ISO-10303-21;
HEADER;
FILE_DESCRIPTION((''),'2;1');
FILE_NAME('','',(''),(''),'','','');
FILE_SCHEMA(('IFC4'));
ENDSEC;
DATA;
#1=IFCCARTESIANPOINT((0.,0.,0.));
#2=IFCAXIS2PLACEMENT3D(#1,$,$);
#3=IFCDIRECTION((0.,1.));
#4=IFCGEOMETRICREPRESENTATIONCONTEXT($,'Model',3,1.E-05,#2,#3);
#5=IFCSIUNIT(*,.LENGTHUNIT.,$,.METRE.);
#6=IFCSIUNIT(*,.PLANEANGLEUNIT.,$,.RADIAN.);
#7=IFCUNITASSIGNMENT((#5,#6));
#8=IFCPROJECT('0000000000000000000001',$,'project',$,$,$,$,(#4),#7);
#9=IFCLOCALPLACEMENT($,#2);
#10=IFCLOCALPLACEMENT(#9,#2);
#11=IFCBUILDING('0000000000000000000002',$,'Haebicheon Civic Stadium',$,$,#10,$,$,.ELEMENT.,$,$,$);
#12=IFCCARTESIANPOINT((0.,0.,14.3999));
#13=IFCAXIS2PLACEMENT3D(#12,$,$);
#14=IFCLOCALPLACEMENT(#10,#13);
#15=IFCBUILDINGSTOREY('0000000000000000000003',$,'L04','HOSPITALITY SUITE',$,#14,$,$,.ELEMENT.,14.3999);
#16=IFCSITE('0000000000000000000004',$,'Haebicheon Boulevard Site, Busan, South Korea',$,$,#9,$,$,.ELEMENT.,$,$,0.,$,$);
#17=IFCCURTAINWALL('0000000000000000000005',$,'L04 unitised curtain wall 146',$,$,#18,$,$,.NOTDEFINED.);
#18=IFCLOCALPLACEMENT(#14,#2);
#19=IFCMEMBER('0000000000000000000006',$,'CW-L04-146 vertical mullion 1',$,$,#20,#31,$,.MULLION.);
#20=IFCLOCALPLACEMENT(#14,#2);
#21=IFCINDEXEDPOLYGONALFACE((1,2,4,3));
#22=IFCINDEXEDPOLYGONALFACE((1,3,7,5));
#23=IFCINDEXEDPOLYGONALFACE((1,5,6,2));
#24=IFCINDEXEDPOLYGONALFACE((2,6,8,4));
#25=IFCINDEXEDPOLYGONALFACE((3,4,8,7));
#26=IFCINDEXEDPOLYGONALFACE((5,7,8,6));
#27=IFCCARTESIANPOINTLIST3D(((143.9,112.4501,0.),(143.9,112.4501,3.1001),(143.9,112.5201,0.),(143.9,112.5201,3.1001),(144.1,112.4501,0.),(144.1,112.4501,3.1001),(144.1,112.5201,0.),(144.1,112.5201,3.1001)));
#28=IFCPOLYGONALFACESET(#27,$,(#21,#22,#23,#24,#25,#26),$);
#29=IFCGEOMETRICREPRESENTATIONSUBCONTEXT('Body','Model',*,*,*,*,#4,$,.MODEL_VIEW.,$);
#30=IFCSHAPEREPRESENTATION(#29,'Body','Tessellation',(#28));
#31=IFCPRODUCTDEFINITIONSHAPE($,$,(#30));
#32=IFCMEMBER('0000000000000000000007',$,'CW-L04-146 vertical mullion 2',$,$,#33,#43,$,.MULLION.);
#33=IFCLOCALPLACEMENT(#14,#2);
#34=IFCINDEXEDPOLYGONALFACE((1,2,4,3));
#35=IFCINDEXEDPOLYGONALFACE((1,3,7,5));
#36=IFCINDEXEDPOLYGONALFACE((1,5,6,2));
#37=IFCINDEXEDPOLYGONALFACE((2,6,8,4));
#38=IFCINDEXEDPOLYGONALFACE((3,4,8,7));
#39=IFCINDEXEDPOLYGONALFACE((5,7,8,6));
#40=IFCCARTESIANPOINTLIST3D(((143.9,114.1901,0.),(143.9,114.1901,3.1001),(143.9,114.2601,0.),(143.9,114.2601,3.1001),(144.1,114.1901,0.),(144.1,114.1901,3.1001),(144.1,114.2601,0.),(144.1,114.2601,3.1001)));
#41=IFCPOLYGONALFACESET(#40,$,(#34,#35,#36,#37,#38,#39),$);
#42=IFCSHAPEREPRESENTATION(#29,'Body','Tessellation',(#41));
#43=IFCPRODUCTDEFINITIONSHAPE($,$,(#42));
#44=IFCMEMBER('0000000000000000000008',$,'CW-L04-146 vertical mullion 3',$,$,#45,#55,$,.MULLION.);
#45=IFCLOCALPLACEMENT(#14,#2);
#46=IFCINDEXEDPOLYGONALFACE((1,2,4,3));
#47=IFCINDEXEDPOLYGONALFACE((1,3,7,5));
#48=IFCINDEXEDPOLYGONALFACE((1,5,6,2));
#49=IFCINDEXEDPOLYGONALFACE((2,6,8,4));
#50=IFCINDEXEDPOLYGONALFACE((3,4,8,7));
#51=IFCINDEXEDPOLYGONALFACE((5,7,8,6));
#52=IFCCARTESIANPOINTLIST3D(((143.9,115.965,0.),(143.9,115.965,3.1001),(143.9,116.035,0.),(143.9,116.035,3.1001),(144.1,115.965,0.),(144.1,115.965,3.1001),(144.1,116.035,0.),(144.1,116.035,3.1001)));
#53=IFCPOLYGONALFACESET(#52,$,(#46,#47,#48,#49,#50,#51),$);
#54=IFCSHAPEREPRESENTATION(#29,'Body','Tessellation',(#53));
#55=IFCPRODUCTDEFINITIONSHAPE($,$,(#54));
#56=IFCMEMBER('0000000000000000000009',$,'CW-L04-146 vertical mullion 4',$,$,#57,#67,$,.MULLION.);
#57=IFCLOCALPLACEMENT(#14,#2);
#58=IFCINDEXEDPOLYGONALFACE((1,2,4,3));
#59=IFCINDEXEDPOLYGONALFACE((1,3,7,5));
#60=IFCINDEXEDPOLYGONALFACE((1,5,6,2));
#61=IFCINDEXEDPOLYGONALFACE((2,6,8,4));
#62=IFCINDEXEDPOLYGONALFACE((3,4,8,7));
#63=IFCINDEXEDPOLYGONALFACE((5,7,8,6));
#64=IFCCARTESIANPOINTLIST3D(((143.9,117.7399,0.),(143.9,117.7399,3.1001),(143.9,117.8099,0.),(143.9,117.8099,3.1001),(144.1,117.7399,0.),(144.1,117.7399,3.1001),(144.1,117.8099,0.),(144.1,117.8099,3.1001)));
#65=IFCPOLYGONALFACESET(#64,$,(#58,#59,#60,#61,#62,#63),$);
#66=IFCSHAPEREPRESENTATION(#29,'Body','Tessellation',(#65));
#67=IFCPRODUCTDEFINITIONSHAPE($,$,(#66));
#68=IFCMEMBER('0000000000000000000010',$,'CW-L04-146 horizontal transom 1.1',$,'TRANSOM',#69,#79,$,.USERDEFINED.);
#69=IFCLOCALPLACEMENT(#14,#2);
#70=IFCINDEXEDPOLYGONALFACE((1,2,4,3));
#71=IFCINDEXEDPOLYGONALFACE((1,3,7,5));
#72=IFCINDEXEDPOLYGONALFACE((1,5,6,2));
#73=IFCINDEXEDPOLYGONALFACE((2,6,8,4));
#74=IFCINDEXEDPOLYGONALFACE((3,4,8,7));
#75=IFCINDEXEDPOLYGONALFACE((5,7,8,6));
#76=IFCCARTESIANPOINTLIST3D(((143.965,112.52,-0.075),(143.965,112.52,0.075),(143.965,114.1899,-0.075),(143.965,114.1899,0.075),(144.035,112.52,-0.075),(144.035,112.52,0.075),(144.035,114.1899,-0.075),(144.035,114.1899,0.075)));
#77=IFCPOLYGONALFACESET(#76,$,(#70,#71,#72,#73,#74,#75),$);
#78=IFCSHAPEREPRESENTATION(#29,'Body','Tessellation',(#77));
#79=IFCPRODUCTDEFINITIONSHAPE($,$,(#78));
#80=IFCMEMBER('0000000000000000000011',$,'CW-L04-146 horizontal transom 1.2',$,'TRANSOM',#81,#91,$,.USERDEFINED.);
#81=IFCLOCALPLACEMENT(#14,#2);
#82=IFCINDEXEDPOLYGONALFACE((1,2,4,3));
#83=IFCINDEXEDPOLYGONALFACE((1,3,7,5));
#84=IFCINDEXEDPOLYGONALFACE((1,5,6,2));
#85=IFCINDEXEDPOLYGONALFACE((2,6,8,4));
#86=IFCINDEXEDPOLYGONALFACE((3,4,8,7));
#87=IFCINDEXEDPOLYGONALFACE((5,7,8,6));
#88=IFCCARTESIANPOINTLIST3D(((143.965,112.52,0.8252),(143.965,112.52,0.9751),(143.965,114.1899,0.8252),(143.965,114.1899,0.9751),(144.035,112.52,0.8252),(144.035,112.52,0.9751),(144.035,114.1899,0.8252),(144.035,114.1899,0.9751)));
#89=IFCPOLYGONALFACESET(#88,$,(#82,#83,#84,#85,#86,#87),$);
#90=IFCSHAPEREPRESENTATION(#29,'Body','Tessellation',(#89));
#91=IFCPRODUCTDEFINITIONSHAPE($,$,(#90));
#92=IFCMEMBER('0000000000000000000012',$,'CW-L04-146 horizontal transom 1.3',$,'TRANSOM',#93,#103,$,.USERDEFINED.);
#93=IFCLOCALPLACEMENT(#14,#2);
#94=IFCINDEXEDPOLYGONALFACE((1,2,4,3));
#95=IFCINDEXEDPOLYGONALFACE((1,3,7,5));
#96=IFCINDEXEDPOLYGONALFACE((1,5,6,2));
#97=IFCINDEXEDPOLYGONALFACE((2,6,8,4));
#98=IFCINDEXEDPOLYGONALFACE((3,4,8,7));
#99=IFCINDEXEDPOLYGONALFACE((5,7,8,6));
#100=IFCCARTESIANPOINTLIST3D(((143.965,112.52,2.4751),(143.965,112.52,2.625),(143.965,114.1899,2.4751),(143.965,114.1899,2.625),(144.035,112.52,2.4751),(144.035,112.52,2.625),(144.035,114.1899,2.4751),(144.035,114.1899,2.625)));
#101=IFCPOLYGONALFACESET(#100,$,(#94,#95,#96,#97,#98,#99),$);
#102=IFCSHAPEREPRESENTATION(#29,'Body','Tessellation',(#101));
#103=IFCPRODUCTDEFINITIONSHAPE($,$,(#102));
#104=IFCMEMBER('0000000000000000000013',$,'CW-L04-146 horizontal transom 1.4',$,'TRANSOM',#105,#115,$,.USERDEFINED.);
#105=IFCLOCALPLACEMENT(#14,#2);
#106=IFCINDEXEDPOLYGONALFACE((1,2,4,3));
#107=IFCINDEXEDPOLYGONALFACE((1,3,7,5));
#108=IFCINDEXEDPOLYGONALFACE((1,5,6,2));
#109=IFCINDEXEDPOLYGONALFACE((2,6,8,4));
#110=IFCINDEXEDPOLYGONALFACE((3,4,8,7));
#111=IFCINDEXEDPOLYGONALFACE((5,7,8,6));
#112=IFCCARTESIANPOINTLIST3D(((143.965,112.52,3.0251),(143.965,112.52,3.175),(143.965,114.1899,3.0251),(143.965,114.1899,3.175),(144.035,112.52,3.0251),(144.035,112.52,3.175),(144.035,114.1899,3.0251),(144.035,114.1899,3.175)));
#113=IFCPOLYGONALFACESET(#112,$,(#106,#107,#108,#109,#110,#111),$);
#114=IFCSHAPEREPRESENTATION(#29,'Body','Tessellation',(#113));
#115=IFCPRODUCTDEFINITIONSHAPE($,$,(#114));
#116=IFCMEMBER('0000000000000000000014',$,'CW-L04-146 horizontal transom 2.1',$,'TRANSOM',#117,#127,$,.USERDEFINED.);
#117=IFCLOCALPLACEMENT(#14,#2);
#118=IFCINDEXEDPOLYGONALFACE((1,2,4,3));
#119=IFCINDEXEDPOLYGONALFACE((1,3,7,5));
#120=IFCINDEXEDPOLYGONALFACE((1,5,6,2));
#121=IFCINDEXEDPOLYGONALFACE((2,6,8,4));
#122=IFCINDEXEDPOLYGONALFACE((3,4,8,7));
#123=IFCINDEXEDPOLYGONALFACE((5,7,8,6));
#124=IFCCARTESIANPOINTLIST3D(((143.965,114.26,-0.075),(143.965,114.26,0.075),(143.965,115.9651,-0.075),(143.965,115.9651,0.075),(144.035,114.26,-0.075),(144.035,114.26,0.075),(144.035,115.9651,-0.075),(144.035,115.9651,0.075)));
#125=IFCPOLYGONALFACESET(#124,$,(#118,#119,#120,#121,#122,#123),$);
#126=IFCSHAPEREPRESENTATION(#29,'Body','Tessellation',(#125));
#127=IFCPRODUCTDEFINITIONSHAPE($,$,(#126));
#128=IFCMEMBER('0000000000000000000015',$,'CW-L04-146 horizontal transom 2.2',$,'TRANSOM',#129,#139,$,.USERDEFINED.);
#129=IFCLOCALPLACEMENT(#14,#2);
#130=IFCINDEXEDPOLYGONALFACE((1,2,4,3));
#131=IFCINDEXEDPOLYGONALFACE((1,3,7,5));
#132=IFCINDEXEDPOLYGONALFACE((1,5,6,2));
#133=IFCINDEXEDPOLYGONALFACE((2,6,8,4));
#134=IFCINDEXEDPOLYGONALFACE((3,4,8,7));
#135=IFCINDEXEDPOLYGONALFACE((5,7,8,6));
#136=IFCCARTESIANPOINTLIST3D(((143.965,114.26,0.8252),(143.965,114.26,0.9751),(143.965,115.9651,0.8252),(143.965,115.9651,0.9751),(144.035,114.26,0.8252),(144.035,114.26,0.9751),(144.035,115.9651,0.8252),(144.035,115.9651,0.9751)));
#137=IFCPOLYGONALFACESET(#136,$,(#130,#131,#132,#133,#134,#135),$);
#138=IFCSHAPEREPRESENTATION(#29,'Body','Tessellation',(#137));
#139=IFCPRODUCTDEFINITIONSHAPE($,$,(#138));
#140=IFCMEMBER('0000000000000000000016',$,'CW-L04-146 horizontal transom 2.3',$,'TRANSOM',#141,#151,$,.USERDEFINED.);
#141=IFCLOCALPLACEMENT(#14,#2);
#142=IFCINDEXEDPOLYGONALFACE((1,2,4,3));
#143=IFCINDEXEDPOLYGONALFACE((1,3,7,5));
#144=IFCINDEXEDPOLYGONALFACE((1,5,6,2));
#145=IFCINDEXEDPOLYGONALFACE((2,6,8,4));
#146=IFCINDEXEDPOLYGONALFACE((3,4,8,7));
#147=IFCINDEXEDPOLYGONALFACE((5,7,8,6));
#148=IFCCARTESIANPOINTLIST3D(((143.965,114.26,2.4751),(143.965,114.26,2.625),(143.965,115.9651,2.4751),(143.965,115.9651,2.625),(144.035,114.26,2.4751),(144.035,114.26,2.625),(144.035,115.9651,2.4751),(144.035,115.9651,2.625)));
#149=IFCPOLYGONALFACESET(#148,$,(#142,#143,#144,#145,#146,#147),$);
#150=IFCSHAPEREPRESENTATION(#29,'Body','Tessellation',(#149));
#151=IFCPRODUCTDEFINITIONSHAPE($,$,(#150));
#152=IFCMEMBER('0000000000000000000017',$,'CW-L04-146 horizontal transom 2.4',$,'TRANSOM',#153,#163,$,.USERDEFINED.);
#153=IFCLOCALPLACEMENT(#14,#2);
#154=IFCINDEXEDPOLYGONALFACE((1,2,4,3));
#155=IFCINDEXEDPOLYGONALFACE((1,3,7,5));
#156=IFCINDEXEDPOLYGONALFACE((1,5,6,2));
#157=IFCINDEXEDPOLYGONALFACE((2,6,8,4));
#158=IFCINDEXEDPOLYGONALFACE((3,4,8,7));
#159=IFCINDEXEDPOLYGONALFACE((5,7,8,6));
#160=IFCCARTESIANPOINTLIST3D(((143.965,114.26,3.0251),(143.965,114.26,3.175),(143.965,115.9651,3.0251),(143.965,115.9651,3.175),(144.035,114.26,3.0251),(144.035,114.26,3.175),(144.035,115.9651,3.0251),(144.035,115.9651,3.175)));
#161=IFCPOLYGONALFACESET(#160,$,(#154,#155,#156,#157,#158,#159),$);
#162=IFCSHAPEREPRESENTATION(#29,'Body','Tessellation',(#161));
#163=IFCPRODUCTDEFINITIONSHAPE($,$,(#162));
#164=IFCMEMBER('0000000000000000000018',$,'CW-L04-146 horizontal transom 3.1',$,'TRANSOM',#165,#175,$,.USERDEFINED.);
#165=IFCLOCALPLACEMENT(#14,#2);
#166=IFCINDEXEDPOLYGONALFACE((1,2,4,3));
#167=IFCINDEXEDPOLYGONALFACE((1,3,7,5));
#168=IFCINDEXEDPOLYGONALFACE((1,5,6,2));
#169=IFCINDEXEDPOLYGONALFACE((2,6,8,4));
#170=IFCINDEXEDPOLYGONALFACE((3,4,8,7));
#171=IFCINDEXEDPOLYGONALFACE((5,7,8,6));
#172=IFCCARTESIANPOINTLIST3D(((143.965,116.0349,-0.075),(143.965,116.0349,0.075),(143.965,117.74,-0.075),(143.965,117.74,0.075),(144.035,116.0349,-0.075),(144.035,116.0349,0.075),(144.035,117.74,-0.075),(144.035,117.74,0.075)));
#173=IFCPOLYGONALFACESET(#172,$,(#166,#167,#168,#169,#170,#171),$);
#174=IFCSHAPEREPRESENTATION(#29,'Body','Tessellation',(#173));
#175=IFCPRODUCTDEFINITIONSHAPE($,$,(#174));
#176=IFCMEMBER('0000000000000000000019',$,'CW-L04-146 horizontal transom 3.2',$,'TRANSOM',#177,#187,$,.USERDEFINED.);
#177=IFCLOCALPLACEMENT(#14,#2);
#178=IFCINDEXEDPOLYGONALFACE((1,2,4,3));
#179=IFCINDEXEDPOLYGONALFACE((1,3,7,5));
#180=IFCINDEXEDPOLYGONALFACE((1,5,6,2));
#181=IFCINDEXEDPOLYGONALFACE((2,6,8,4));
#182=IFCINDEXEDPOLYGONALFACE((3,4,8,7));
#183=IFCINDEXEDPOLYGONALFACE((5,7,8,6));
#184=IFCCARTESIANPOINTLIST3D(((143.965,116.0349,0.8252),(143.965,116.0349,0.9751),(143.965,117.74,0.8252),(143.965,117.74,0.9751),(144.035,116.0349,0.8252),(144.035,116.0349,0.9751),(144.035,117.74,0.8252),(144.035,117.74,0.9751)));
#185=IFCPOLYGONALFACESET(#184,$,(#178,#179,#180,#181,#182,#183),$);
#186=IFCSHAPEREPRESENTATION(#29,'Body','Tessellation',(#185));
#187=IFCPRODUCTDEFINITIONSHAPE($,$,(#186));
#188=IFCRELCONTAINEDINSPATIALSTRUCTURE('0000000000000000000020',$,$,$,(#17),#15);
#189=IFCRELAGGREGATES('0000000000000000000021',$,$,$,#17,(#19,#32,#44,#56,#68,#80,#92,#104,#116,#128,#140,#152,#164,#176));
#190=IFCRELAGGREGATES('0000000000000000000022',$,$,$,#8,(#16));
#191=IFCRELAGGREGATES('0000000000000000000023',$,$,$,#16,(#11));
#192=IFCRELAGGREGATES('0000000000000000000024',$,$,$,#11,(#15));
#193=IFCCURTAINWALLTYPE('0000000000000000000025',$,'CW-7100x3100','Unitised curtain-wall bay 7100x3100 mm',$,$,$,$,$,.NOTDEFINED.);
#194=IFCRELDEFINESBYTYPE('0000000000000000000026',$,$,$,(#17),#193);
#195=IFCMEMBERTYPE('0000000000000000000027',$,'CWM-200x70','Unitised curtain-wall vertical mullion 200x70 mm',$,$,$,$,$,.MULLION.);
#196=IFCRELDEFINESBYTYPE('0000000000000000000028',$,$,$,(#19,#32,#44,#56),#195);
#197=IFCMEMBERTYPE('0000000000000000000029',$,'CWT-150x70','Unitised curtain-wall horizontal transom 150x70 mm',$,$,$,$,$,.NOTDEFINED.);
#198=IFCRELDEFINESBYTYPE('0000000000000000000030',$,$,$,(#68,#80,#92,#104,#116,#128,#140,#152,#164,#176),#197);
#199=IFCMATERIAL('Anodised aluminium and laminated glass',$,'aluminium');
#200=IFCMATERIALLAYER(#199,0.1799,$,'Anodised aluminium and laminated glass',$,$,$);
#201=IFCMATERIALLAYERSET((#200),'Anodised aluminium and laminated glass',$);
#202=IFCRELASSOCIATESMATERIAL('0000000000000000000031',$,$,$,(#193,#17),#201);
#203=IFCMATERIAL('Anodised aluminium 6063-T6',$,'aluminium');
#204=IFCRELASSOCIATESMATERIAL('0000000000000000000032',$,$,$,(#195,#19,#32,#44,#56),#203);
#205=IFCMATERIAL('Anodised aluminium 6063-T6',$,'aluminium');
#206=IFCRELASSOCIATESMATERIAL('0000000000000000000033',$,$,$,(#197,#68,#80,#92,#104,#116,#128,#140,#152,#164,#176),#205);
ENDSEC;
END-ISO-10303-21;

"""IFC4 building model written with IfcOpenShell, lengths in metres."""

from ifc_helpers import new_model, si_unit, direction, frame, origin, origin_2d, place, context, subcontext, project, spatial, rectangle, extrude, material, layer, layer_set, material_profile, profile_set, type_object, element, aggregate, save


model = new_model("IFC4")

# Units and contexts
model_context = context("Model", 3, precision=1e-05, world=origin(), true_north=direction((0.0, 1.0)))
body_context = subcontext(model_context, "Body", "Model", "MODEL_VIEW")
ifc_project = project(units=[si_unit("LENGTHUNIT", "METRE"), si_unit("PLANEANGLEUNIT", "RADIAN")], contexts=[model_context])

# Site, building, storey
site_placement = place(None, origin())
site = spatial("IfcSite", under=ifc_project, at=site_placement, Name="Haebicheon Boulevard Site, Busan, South Korea", CompositionType="ELEMENT", RefElevation=0.0)
building_placement = place(site_placement, origin())
building = spatial("IfcBuilding", under=site, at=building_placement, Name="Haebicheon Civic Stadium", CompositionType="ELEMENT")
storey_placement = place(building_placement, frame((0.0, 0.0, 14.3999)))
storey = spatial("IfcBuildingStorey", under=building, at=storey_placement, Name="L04", Description="HOSPITALITY SUITE", CompositionType="ELEMENT", Elevation=14.3999)

# Curtain wall, members
ifc_material_1 = material(Name="Anodised aluminium and laminated glass", Category="aluminium")
ifc_layer_1 = layer(ifc_material_1, 0.1799, Name="Anodised aluminium and laminated glass")
ifc_layer_set_1 = layer_set([ifc_layer_1], Name="Anodised aluminium and laminated glass")
curtain_wall_type = type_object("IfcCurtainWallType", Name="CW-7100x3100", Description="Unitised curtain-wall bay 7100x3100 mm", PredefinedType="NOTDEFINED", material=ifc_layer_set_1)
curtain_wall_placement = place(storey_placement, origin())
curtain_wall = element("IfcCurtainWall", 1, at=curtain_wall_placement, inside=storey, type_object=curtain_wall_type, material=ifc_layer_set_1, Name="L04 unitised curtain wall 146", PredefinedType="NOTDEFINED")
ifc_material_2 = material(Name="Anodised aluminium 6063-T6", Category="aluminium")
ifc_material_profile_1 = material_profile(ifc_material_2, rectangle(XDim=0.0701, YDim=0.2, at=origin_2d()), Name="ALU-MULL-70x200")
ifc_profile_set_1 = profile_set([ifc_material_profile_1], Name="Anodised aluminium 6063-T6")
member_type_1 = type_object("IfcMemberType", Name="CWM-200x70", Description="Unitised curtain-wall vertical mullion 200x70 mm", PredefinedType="MULLION", material=ifc_profile_set_1)
member_1_placement = place(storey_placement, frame((144.0, 112.4851, 0.0), z_axis=(0.0, 0.0, 1.0), x_axis=(0.0, 1.0, 0.0)))
member_1 = element("IfcMember", 2, at=member_1_placement, type_object=member_type_1, material=ifc_profile_set_1, Name="CW-L04-146 vertical mullion 1", PredefinedType="MULLION", context=body_context, shape_type="SweptSolid", body=[
    extrude(rectangle(XDim=0.0701, YDim=0.2, at=origin_2d()), origin(), (0.0, 0.0, 1.0), 3.1001),
])
member_2_placement = place(storey_placement, frame((144.0, 114.2251, 0.0), z_axis=(0.0, 0.0, 1.0), x_axis=(0.0, 1.0, 0.0)))
member_2 = element("IfcMember", 3, at=member_2_placement, type_object=member_type_1, material=ifc_profile_set_1, Name="CW-L04-146 vertical mullion 2", PredefinedType="MULLION", context=body_context, shape_type="SweptSolid", body=[
    extrude(rectangle(XDim=0.0701, YDim=0.2, at=origin_2d()), origin(), (0.0, 0.0, 1.0), 3.1001),
])
member_3_placement = place(storey_placement, frame((144.0, 116.0, 0.0), z_axis=(0.0, 0.0, 1.0), x_axis=(0.0, 1.0, 0.0)))
member_3 = element("IfcMember", 4, at=member_3_placement, type_object=member_type_1, material=ifc_profile_set_1, Name="CW-L04-146 vertical mullion 3", PredefinedType="MULLION", context=body_context, shape_type="SweptSolid", body=[
    extrude(rectangle(XDim=0.0701, YDim=0.2, at=origin_2d()), origin(), (0.0, 0.0, 1.0), 3.1001),
])
member_4_placement = place(storey_placement, frame((144.0, 117.7749, 0.0), z_axis=(0.0, 0.0, 1.0), x_axis=(0.0, 1.0, 0.0)))
member_4 = element("IfcMember", 5, at=member_4_placement, type_object=member_type_1, material=ifc_profile_set_1, Name="CW-L04-146 vertical mullion 4", PredefinedType="MULLION", context=body_context, shape_type="SweptSolid", body=[
    extrude(rectangle(XDim=0.0701, YDim=0.2, at=origin_2d()), origin(), (0.0, 0.0, 1.0), 3.1001),
])
ifc_material_3 = material(Name="Anodised aluminium 6063-T6", Category="aluminium")
ifc_material_profile_2 = material_profile(ifc_material_3, rectangle(XDim=0.0701, YDim=0.1499, at=origin_2d()), Name="ALU-TRAN-70x150")
ifc_profile_set_2 = profile_set([ifc_material_profile_2], Name="Anodised aluminium 6063-T6")
member_type_2 = type_object("IfcMemberType", Name="CWT-150x70", Description="Unitised curtain-wall horizontal transom 150x70 mm", PredefinedType="NOTDEFINED", material=ifc_profile_set_2)
member_5_placement = place(storey_placement, frame((144.0, 112.52, 0.0), z_axis=(0.0, 1.0, 0.0), x_axis=(-1.0, 0.0, 0.0)))
member_5 = element("IfcMember", 6, at=member_5_placement, type_object=member_type_2, material=ifc_profile_set_2, Name="CW-L04-146 horizontal transom 1.1", ObjectType="TRANSOM", PredefinedType="USERDEFINED", context=body_context, shape_type="SweptSolid", body=[
    extrude(rectangle(XDim=0.0701, YDim=0.1499, at=origin_2d()), origin(), (0.0, 0.0, 1.0), 1.6699),
])
member_6_placement = place(storey_placement, frame((144.0, 112.52, 0.9001), z_axis=(0.0, 1.0, 0.0), x_axis=(-1.0, 0.0, 0.0)))
member_6 = element("IfcMember", 7, at=member_6_placement, type_object=member_type_2, material=ifc_profile_set_2, Name="CW-L04-146 horizontal transom 1.2", ObjectType="TRANSOM", PredefinedType="USERDEFINED", context=body_context, shape_type="SweptSolid", body=[
    extrude(rectangle(XDim=0.0701, YDim=0.1499, at=origin_2d()), origin(), (0.0, 0.0, 1.0), 1.6699),
])
member_7_placement = place(storey_placement, frame((144.0, 112.52, 2.55), z_axis=(0.0, 1.0, 0.0), x_axis=(-1.0, 0.0, 0.0)))
member_7 = element("IfcMember", 8, at=member_7_placement, type_object=member_type_2, material=ifc_profile_set_2, Name="CW-L04-146 horizontal transom 1.3", ObjectType="TRANSOM", PredefinedType="USERDEFINED", context=body_context, shape_type="SweptSolid", body=[
    extrude(rectangle(XDim=0.0701, YDim=0.1499, at=origin_2d()), origin(), (0.0, 0.0, 1.0), 1.6699),
])
member_8_placement = place(storey_placement, frame((144.0, 112.52, 3.1001), z_axis=(0.0, 1.0, 0.0), x_axis=(-1.0, 0.0, 0.0)))
member_8 = element("IfcMember", 9, at=member_8_placement, type_object=member_type_2, material=ifc_profile_set_2, Name="CW-L04-146 horizontal transom 1.4", ObjectType="TRANSOM", PredefinedType="USERDEFINED", context=body_context, shape_type="SweptSolid", body=[
    extrude(rectangle(XDim=0.0701, YDim=0.1499, at=origin_2d()), origin(), (0.0, 0.0, 1.0), 1.6699),
])
member_9_placement = place(storey_placement, frame((144.0, 114.26, 0.0), z_axis=(0.0, 1.0, 0.0), x_axis=(-1.0, 0.0, 0.0)))
member_9 = element("IfcMember", 10, at=member_9_placement, type_object=member_type_2, material=ifc_profile_set_2, Name="CW-L04-146 horizontal transom 2.1", ObjectType="TRANSOM", PredefinedType="USERDEFINED", context=body_context, shape_type="SweptSolid", body=[
    extrude(rectangle(XDim=0.0701, YDim=0.1499, at=origin_2d()), origin(), (0.0, 0.0, 1.0), 1.7051),
])
member_10_placement = place(storey_placement, frame((144.0, 114.26, 0.9001), z_axis=(0.0, 1.0, 0.0), x_axis=(-1.0, 0.0, 0.0)))
member_10 = element("IfcMember", 11, at=member_10_placement, type_object=member_type_2, material=ifc_profile_set_2, Name="CW-L04-146 horizontal transom 2.2", ObjectType="TRANSOM", PredefinedType="USERDEFINED", context=body_context, shape_type="SweptSolid", body=[
    extrude(rectangle(XDim=0.0701, YDim=0.1499, at=origin_2d()), origin(), (0.0, 0.0, 1.0), 1.7051),
])
member_11_placement = place(storey_placement, frame((144.0, 114.26, 2.55), z_axis=(0.0, 1.0, 0.0), x_axis=(-1.0, 0.0, 0.0)))
member_11 = element("IfcMember", 12, at=member_11_placement, type_object=member_type_2, material=ifc_profile_set_2, Name="CW-L04-146 horizontal transom 2.3", ObjectType="TRANSOM", PredefinedType="USERDEFINED", context=body_context, shape_type="SweptSolid", body=[
    extrude(rectangle(XDim=0.0701, YDim=0.1499, at=origin_2d()), origin(), (0.0, 0.0, 1.0), 1.7051),
])
member_12_placement = place(storey_placement, frame((144.0, 114.26, 3.1001), z_axis=(0.0, 1.0, 0.0), x_axis=(-1.0, 0.0, 0.0)))
member_12 = element("IfcMember", 13, at=member_12_placement, type_object=member_type_2, material=ifc_profile_set_2, Name="CW-L04-146 horizontal transom 2.4", ObjectType="TRANSOM", PredefinedType="USERDEFINED", context=body_context, shape_type="SweptSolid", body=[
    extrude(rectangle(XDim=0.0701, YDim=0.1499, at=origin_2d()), origin(), (0.0, 0.0, 1.0), 1.7051),
])
member_13_placement = place(storey_placement, frame((144.0, 116.0349, 0.0), z_axis=(0.0, 1.0, 0.0), x_axis=(-1.0, 0.0, 0.0)))
member_13 = element("IfcMember", 14, at=member_13_placement, type_object=member_type_2, material=ifc_profile_set_2, Name="CW-L04-146 horizontal transom 3.1", ObjectType="TRANSOM", PredefinedType="USERDEFINED", context=body_context, shape_type="SweptSolid", body=[
    extrude(rectangle(XDim=0.0701, YDim=0.1499, at=origin_2d()), origin(), (0.0, 0.0, 1.0), 1.7051),
])
member_14_placement = place(storey_placement, frame((144.0, 116.0349, 0.9001), z_axis=(0.0, 1.0, 0.0), x_axis=(-1.0, 0.0, 0.0)))
member_14 = element("IfcMember", 15, at=member_14_placement, type_object=member_type_2, material=ifc_profile_set_2, Name="CW-L04-146 horizontal transom 3.2", ObjectType="TRANSOM", PredefinedType="USERDEFINED", context=body_context, shape_type="SweptSolid", body=[
    extrude(rectangle(XDim=0.0701, YDim=0.1499, at=origin_2d()), origin(), (0.0, 0.0, 1.0), 1.7051),
])

aggregate(curtain_wall, [member_1, member_2, member_3, member_4, member_5, member_6, member_7, member_8, member_9, member_10, member_11, member_12, member_13, member_14])

save(model, "model.ifc")
